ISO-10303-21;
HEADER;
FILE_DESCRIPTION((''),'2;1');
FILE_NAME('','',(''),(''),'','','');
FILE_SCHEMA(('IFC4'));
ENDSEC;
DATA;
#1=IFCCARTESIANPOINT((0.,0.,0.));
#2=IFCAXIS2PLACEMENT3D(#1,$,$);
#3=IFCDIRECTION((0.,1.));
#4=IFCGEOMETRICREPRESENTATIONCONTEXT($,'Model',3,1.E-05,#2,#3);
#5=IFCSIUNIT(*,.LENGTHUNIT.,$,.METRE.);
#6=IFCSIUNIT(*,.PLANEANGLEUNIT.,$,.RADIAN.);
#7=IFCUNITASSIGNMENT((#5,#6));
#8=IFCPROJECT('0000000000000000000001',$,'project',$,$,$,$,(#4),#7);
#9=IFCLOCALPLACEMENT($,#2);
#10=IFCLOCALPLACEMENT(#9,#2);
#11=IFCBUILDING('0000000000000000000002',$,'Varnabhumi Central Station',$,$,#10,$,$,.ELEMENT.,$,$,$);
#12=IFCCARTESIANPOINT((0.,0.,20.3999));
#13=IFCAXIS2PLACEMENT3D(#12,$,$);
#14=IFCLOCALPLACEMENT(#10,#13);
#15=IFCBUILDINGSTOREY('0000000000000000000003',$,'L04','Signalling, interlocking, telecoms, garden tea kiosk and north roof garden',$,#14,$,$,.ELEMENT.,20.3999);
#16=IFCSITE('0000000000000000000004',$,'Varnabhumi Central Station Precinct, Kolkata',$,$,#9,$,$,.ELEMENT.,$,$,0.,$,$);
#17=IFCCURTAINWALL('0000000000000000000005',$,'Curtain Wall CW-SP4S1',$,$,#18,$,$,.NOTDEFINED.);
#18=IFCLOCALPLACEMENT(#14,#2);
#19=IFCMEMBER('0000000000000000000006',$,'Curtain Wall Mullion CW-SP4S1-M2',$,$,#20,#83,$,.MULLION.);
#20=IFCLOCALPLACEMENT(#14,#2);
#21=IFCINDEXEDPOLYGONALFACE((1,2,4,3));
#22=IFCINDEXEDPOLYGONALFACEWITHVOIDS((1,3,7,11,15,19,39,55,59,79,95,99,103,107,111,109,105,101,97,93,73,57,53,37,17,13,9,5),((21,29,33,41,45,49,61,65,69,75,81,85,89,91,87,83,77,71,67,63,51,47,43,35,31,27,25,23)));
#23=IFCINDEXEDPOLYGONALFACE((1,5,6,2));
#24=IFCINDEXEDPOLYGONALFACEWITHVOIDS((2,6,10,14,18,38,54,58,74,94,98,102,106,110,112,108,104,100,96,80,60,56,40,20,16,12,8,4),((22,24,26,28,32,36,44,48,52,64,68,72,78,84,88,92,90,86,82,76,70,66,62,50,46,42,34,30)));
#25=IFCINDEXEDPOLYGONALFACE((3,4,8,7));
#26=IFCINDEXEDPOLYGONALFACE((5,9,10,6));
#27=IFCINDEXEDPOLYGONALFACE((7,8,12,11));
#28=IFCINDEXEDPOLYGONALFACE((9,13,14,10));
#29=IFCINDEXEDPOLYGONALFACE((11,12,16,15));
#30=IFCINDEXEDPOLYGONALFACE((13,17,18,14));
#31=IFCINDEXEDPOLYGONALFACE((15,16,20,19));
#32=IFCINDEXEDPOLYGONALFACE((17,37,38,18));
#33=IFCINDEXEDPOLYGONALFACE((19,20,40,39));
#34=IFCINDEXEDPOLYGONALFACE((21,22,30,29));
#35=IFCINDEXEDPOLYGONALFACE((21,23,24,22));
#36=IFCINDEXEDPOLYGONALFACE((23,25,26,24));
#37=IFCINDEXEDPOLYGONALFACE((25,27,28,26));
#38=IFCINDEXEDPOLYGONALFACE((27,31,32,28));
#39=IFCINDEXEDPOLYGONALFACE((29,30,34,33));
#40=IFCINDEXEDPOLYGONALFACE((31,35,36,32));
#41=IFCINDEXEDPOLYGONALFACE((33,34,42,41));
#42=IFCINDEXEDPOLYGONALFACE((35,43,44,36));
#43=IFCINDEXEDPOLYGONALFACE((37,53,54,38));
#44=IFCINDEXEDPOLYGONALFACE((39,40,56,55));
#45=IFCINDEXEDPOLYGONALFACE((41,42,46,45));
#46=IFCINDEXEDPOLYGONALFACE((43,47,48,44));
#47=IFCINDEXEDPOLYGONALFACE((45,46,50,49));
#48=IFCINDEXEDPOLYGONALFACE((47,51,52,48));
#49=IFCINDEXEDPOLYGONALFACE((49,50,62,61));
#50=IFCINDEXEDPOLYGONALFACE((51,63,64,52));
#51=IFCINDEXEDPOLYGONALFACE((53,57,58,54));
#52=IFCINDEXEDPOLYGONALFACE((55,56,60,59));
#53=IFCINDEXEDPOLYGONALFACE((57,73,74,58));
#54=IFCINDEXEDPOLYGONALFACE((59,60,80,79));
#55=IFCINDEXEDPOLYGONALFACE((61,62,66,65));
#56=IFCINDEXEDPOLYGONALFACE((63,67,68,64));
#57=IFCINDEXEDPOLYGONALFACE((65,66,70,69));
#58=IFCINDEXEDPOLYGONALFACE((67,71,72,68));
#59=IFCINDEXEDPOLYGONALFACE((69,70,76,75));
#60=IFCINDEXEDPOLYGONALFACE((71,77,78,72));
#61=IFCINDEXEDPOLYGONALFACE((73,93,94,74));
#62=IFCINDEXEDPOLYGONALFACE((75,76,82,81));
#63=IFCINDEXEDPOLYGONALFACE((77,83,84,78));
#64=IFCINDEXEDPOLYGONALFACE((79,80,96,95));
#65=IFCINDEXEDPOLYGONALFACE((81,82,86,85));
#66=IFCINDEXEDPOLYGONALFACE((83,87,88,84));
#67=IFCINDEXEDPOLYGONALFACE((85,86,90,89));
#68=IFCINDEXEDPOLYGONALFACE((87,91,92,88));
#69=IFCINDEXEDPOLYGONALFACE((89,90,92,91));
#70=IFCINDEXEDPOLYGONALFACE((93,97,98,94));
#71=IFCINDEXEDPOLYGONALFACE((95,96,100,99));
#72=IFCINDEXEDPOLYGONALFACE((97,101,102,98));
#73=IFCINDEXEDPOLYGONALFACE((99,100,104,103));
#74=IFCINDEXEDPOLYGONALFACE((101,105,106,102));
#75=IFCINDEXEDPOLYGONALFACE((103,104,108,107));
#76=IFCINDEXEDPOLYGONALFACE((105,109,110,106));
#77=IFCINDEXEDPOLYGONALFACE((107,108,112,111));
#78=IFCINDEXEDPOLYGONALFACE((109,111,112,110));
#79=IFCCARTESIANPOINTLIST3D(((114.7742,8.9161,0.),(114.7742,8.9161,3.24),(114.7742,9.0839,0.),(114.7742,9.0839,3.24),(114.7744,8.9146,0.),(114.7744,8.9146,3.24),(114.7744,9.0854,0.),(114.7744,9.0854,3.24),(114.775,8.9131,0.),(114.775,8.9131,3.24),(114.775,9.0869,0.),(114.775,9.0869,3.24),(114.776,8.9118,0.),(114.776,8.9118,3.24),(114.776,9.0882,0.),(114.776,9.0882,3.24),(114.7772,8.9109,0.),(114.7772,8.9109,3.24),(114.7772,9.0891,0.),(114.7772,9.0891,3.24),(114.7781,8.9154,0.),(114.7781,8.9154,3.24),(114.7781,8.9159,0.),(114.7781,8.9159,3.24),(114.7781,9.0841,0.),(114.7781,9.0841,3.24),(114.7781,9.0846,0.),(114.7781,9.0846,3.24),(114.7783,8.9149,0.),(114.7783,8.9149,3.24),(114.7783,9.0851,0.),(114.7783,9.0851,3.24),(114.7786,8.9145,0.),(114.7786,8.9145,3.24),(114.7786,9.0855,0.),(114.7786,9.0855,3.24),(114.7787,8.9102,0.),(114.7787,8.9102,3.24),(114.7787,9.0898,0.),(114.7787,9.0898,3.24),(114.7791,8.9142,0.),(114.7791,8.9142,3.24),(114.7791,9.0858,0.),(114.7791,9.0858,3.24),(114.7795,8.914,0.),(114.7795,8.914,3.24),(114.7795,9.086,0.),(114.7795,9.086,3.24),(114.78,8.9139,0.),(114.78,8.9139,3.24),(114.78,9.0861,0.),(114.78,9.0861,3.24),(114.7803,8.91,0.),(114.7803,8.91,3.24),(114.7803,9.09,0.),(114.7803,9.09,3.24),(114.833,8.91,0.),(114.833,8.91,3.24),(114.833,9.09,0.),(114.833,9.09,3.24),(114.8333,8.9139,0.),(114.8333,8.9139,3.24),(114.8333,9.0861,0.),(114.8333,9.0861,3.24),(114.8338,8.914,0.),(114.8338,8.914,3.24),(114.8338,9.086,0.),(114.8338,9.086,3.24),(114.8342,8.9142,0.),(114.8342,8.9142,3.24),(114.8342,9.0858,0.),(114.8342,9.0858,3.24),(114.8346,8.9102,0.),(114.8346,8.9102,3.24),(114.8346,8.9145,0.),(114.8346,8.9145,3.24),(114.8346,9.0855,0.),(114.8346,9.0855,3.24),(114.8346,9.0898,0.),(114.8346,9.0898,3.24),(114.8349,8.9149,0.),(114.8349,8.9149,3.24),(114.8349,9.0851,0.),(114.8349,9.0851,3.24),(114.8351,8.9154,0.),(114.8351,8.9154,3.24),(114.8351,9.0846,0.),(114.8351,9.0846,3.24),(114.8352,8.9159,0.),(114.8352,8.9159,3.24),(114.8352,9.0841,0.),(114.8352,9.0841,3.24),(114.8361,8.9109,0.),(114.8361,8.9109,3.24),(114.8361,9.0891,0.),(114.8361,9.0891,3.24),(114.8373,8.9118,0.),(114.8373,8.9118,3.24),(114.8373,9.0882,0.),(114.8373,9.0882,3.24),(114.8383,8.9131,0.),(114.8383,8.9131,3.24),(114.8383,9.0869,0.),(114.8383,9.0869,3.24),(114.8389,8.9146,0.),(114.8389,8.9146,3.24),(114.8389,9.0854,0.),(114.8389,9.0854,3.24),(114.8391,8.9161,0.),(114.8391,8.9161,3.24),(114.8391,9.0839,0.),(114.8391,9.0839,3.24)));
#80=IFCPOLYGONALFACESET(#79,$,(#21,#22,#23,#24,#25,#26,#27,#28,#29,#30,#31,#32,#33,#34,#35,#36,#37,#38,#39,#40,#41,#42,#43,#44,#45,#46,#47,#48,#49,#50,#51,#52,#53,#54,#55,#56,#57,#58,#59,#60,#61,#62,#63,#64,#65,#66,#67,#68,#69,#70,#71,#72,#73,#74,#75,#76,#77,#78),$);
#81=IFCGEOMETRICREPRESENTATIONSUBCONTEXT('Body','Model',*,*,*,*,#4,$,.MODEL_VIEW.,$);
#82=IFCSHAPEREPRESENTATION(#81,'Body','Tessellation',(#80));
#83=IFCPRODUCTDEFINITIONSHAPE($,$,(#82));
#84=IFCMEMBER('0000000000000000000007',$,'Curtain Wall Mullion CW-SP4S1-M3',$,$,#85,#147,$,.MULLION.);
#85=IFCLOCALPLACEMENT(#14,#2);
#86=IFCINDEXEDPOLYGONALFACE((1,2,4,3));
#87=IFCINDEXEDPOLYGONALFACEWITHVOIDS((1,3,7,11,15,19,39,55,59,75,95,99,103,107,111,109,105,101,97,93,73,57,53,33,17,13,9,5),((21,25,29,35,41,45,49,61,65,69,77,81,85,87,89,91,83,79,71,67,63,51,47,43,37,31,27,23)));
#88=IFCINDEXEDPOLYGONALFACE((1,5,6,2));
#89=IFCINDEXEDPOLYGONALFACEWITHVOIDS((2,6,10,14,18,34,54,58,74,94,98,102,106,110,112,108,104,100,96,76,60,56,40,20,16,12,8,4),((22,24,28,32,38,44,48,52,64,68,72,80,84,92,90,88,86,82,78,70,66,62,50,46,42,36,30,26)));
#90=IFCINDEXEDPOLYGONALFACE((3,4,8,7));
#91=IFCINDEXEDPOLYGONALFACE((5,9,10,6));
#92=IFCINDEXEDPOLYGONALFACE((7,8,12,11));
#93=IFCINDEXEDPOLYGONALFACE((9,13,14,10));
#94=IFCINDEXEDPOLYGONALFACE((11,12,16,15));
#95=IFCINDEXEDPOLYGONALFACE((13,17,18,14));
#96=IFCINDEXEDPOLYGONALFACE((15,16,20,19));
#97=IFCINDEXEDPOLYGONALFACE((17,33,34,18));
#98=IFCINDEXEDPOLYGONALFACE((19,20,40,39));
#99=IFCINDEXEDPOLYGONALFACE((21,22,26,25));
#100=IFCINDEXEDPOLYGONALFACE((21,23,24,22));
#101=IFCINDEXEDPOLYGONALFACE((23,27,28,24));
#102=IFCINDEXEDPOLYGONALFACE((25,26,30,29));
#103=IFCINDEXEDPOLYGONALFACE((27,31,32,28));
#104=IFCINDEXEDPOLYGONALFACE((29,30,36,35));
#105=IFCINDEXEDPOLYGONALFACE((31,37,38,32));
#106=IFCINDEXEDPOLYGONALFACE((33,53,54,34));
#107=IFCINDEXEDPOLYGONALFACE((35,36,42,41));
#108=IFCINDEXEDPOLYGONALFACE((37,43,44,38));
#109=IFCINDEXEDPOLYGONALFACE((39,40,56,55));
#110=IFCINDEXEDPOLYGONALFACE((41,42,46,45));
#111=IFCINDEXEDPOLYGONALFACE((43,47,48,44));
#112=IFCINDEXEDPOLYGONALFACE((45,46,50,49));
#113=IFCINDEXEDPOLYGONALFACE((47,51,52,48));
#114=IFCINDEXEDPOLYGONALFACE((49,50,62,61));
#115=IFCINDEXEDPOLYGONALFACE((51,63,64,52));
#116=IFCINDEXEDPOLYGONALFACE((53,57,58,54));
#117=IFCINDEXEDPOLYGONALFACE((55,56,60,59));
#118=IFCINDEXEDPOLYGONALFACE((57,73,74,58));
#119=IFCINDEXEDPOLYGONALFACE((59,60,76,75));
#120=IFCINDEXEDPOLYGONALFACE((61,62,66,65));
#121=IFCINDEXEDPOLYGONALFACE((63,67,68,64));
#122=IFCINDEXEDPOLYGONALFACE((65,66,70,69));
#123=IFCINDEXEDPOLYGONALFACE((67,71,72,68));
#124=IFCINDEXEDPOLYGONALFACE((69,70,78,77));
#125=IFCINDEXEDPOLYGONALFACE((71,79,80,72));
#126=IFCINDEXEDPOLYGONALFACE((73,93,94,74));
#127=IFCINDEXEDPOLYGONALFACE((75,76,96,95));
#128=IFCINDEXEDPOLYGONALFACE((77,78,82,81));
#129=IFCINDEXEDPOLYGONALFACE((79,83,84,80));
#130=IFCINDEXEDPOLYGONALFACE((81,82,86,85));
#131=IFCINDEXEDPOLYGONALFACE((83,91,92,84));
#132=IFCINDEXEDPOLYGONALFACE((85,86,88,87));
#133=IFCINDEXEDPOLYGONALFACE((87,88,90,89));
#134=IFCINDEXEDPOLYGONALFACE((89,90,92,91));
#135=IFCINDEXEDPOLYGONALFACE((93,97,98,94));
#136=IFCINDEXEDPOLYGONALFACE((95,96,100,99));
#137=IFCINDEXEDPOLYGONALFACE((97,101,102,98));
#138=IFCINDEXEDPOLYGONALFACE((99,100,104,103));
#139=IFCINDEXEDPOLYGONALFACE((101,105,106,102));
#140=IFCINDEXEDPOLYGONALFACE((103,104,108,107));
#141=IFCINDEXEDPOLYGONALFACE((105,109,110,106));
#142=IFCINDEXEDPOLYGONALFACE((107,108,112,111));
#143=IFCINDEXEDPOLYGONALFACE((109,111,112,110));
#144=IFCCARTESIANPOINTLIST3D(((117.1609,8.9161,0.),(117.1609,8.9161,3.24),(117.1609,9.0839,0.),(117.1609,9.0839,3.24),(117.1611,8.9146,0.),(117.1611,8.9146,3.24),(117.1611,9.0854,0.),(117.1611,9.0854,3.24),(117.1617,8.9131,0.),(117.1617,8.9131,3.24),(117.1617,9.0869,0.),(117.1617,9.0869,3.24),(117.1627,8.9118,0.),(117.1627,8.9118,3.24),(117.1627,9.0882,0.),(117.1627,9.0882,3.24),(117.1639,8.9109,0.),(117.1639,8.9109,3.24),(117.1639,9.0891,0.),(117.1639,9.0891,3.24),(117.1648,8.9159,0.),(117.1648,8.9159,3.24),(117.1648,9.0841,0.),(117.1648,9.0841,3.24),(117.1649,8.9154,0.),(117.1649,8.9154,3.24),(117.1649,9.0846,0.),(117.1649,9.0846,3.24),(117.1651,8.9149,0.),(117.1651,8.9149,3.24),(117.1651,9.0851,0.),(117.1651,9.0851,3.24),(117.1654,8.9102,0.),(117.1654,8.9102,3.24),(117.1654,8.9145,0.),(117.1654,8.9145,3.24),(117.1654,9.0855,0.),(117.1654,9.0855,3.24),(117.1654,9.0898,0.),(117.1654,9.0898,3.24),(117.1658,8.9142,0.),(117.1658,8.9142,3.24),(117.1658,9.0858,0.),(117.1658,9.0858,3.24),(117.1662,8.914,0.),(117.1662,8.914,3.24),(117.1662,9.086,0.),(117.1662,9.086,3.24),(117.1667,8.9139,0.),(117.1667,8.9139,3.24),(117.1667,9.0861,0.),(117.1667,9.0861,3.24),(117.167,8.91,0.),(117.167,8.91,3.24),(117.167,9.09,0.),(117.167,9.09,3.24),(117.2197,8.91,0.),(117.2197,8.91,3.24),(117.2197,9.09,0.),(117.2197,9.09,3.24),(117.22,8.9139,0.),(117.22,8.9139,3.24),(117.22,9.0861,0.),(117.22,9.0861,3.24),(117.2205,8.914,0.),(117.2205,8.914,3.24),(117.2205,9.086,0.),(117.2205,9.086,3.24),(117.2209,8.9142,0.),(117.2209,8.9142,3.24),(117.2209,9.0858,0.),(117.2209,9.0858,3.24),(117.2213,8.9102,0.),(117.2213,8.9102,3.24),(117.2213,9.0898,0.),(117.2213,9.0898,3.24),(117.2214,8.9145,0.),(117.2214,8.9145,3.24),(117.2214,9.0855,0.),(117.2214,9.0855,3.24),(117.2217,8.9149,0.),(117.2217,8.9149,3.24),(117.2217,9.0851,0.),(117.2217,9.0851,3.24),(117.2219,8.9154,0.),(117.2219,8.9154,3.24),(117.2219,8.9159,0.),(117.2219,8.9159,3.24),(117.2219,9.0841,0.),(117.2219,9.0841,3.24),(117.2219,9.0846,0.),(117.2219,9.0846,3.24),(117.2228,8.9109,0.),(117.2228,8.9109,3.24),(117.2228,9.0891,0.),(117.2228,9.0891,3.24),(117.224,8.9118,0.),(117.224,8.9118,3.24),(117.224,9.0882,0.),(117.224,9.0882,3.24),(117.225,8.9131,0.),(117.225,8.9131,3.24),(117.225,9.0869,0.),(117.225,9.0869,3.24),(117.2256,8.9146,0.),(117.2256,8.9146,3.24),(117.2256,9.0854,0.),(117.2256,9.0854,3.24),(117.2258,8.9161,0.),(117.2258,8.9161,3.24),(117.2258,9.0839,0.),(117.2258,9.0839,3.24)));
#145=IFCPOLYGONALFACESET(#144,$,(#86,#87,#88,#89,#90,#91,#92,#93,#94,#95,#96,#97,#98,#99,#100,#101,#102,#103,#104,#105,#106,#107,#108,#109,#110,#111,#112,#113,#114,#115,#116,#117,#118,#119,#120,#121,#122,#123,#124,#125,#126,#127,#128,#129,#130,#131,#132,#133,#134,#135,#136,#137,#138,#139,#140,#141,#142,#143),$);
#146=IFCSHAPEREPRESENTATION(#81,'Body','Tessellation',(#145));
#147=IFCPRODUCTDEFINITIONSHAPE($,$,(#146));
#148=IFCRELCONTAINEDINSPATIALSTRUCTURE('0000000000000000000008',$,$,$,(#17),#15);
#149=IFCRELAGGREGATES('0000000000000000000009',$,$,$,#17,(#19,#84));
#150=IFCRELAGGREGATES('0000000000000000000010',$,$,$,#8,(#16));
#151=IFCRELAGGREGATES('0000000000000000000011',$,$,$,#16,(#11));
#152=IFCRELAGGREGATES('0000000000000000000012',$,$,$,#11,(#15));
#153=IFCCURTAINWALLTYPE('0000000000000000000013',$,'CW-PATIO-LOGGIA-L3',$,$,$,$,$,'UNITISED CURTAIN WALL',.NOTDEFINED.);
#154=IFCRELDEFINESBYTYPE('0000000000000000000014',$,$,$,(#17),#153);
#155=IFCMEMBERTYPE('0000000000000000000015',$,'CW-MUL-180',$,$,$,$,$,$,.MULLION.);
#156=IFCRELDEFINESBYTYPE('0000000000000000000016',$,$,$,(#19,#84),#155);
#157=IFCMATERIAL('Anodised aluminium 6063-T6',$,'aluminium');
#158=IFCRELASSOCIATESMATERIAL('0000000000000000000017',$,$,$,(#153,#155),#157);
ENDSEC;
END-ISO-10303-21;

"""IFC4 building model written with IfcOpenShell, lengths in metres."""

from ifc_helpers import new_model, si_unit, direction, frame, origin, origin_2d, place, context, subcontext, project, spatial, hollow_rectangle, extrude, material, material_profile, profile_set, type_object, element, aggregate, save


model = new_model("IFC4")

# Units and contexts
model_context = context("Model", 3, precision=1e-05, world=origin(), true_north=direction((0.0, 1.0)))
body_context = subcontext(model_context, "Body", "Model", "MODEL_VIEW")
ifc_project = project(units=[si_unit("LENGTHUNIT", "METRE"), si_unit("PLANEANGLEUNIT", "RADIAN")], contexts=[model_context])

# Site, building, storey
site_placement = place(None, origin())
site = spatial("IfcSite", under=ifc_project, at=site_placement, Name="Varnabhumi Central Station Precinct, Kolkata", CompositionType="ELEMENT", RefElevation=0.0)
building_placement = place(site_placement, origin())
building = spatial("IfcBuilding", under=site, at=building_placement, Name="Varnabhumi Central Station", CompositionType="ELEMENT")
storey_placement = place(building_placement, frame((0.0, 0.0, 20.3999)))
storey = spatial("IfcBuildingStorey", under=building, at=storey_placement, Name="L04", Description="Signalling, interlocking, telecoms, garden tea kiosk and north roof garden", CompositionType="ELEMENT", Elevation=20.3999)

# Curtain wall, members
ifc_material_1 = material(Name="Anodised aluminium 6063-T6", Category="aluminium")
curtain_wall_type = type_object("IfcCurtainWallType", Name="CW-PATIO-LOGGIA-L3", ElementType="UNITISED CURTAIN WALL", PredefinedType="NOTDEFINED", material=ifc_material_1)
ifc_material_profile_1 = material_profile(ifc_material_1, hollow_rectangle(XDim=0.0649, YDim=0.1799, WallThickness=0.0039, InnerFilletRadius=0.002, OuterFilletRadius=0.0061, at=origin_2d()), Name="Anodised aluminium 6063-T6", Category="aluminium")
ifc_profile_set_1 = profile_set([ifc_material_profile_1], Name="Anodised aluminium 6063-T6")
member_type_1 = type_object("IfcMemberType", Name="CW-MUL-180", PredefinedType="MULLION", material=ifc_profile_set_1)
curtain_wall_1_placement = place(storey_placement, origin())
curtain_wall_1 = element("IfcCurtainWall", 1, at=curtain_wall_1_placement, inside=storey, type_object=curtain_wall_type, Name="Curtain Wall CW-SP4S1", PredefinedType="NOTDEFINED")
member_1_placement = place(storey_placement, frame((114.8066, 9.0, 0.0), z_axis=(0.0, 0.0, 1.0), x_axis=(1.0, 0.0, 0.0)))
member_1 = element("IfcMember", 2, at=member_1_placement, type_object=member_type_1, Name="Curtain Wall Mullion CW-SP4S1-M2", PredefinedType="MULLION", context=body_context, shape_type="SweptSolid", body=[
    extrude(hollow_rectangle(XDim=0.0649, YDim=0.1799, WallThickness=0.0039, InnerFilletRadius=0.002, OuterFilletRadius=0.0061, at=origin_2d()), origin(), (0.0, 0.0, 1.0), 3.24),
])
member_2_placement = place(storey_placement, frame((117.1934, 9.0, 0.0), z_axis=(0.0, 0.0, 1.0), x_axis=(1.0, 0.0, 0.0)))
member_2 = element("IfcMember", 3, at=member_2_placement, type_object=member_type_1, Name="Curtain Wall Mullion CW-SP4S1-M3", PredefinedType="MULLION", context=body_context, shape_type="SweptSolid", body=[
    extrude(hollow_rectangle(XDim=0.0649, YDim=0.1799, WallThickness=0.0039, InnerFilletRadius=0.002, OuterFilletRadius=0.0061, at=origin_2d()), origin(), (0.0, 0.0, 1.0), 3.24),
])

aggregate(curtain_wall_1, [member_1, member_2])

save(model, "model.ifc")
